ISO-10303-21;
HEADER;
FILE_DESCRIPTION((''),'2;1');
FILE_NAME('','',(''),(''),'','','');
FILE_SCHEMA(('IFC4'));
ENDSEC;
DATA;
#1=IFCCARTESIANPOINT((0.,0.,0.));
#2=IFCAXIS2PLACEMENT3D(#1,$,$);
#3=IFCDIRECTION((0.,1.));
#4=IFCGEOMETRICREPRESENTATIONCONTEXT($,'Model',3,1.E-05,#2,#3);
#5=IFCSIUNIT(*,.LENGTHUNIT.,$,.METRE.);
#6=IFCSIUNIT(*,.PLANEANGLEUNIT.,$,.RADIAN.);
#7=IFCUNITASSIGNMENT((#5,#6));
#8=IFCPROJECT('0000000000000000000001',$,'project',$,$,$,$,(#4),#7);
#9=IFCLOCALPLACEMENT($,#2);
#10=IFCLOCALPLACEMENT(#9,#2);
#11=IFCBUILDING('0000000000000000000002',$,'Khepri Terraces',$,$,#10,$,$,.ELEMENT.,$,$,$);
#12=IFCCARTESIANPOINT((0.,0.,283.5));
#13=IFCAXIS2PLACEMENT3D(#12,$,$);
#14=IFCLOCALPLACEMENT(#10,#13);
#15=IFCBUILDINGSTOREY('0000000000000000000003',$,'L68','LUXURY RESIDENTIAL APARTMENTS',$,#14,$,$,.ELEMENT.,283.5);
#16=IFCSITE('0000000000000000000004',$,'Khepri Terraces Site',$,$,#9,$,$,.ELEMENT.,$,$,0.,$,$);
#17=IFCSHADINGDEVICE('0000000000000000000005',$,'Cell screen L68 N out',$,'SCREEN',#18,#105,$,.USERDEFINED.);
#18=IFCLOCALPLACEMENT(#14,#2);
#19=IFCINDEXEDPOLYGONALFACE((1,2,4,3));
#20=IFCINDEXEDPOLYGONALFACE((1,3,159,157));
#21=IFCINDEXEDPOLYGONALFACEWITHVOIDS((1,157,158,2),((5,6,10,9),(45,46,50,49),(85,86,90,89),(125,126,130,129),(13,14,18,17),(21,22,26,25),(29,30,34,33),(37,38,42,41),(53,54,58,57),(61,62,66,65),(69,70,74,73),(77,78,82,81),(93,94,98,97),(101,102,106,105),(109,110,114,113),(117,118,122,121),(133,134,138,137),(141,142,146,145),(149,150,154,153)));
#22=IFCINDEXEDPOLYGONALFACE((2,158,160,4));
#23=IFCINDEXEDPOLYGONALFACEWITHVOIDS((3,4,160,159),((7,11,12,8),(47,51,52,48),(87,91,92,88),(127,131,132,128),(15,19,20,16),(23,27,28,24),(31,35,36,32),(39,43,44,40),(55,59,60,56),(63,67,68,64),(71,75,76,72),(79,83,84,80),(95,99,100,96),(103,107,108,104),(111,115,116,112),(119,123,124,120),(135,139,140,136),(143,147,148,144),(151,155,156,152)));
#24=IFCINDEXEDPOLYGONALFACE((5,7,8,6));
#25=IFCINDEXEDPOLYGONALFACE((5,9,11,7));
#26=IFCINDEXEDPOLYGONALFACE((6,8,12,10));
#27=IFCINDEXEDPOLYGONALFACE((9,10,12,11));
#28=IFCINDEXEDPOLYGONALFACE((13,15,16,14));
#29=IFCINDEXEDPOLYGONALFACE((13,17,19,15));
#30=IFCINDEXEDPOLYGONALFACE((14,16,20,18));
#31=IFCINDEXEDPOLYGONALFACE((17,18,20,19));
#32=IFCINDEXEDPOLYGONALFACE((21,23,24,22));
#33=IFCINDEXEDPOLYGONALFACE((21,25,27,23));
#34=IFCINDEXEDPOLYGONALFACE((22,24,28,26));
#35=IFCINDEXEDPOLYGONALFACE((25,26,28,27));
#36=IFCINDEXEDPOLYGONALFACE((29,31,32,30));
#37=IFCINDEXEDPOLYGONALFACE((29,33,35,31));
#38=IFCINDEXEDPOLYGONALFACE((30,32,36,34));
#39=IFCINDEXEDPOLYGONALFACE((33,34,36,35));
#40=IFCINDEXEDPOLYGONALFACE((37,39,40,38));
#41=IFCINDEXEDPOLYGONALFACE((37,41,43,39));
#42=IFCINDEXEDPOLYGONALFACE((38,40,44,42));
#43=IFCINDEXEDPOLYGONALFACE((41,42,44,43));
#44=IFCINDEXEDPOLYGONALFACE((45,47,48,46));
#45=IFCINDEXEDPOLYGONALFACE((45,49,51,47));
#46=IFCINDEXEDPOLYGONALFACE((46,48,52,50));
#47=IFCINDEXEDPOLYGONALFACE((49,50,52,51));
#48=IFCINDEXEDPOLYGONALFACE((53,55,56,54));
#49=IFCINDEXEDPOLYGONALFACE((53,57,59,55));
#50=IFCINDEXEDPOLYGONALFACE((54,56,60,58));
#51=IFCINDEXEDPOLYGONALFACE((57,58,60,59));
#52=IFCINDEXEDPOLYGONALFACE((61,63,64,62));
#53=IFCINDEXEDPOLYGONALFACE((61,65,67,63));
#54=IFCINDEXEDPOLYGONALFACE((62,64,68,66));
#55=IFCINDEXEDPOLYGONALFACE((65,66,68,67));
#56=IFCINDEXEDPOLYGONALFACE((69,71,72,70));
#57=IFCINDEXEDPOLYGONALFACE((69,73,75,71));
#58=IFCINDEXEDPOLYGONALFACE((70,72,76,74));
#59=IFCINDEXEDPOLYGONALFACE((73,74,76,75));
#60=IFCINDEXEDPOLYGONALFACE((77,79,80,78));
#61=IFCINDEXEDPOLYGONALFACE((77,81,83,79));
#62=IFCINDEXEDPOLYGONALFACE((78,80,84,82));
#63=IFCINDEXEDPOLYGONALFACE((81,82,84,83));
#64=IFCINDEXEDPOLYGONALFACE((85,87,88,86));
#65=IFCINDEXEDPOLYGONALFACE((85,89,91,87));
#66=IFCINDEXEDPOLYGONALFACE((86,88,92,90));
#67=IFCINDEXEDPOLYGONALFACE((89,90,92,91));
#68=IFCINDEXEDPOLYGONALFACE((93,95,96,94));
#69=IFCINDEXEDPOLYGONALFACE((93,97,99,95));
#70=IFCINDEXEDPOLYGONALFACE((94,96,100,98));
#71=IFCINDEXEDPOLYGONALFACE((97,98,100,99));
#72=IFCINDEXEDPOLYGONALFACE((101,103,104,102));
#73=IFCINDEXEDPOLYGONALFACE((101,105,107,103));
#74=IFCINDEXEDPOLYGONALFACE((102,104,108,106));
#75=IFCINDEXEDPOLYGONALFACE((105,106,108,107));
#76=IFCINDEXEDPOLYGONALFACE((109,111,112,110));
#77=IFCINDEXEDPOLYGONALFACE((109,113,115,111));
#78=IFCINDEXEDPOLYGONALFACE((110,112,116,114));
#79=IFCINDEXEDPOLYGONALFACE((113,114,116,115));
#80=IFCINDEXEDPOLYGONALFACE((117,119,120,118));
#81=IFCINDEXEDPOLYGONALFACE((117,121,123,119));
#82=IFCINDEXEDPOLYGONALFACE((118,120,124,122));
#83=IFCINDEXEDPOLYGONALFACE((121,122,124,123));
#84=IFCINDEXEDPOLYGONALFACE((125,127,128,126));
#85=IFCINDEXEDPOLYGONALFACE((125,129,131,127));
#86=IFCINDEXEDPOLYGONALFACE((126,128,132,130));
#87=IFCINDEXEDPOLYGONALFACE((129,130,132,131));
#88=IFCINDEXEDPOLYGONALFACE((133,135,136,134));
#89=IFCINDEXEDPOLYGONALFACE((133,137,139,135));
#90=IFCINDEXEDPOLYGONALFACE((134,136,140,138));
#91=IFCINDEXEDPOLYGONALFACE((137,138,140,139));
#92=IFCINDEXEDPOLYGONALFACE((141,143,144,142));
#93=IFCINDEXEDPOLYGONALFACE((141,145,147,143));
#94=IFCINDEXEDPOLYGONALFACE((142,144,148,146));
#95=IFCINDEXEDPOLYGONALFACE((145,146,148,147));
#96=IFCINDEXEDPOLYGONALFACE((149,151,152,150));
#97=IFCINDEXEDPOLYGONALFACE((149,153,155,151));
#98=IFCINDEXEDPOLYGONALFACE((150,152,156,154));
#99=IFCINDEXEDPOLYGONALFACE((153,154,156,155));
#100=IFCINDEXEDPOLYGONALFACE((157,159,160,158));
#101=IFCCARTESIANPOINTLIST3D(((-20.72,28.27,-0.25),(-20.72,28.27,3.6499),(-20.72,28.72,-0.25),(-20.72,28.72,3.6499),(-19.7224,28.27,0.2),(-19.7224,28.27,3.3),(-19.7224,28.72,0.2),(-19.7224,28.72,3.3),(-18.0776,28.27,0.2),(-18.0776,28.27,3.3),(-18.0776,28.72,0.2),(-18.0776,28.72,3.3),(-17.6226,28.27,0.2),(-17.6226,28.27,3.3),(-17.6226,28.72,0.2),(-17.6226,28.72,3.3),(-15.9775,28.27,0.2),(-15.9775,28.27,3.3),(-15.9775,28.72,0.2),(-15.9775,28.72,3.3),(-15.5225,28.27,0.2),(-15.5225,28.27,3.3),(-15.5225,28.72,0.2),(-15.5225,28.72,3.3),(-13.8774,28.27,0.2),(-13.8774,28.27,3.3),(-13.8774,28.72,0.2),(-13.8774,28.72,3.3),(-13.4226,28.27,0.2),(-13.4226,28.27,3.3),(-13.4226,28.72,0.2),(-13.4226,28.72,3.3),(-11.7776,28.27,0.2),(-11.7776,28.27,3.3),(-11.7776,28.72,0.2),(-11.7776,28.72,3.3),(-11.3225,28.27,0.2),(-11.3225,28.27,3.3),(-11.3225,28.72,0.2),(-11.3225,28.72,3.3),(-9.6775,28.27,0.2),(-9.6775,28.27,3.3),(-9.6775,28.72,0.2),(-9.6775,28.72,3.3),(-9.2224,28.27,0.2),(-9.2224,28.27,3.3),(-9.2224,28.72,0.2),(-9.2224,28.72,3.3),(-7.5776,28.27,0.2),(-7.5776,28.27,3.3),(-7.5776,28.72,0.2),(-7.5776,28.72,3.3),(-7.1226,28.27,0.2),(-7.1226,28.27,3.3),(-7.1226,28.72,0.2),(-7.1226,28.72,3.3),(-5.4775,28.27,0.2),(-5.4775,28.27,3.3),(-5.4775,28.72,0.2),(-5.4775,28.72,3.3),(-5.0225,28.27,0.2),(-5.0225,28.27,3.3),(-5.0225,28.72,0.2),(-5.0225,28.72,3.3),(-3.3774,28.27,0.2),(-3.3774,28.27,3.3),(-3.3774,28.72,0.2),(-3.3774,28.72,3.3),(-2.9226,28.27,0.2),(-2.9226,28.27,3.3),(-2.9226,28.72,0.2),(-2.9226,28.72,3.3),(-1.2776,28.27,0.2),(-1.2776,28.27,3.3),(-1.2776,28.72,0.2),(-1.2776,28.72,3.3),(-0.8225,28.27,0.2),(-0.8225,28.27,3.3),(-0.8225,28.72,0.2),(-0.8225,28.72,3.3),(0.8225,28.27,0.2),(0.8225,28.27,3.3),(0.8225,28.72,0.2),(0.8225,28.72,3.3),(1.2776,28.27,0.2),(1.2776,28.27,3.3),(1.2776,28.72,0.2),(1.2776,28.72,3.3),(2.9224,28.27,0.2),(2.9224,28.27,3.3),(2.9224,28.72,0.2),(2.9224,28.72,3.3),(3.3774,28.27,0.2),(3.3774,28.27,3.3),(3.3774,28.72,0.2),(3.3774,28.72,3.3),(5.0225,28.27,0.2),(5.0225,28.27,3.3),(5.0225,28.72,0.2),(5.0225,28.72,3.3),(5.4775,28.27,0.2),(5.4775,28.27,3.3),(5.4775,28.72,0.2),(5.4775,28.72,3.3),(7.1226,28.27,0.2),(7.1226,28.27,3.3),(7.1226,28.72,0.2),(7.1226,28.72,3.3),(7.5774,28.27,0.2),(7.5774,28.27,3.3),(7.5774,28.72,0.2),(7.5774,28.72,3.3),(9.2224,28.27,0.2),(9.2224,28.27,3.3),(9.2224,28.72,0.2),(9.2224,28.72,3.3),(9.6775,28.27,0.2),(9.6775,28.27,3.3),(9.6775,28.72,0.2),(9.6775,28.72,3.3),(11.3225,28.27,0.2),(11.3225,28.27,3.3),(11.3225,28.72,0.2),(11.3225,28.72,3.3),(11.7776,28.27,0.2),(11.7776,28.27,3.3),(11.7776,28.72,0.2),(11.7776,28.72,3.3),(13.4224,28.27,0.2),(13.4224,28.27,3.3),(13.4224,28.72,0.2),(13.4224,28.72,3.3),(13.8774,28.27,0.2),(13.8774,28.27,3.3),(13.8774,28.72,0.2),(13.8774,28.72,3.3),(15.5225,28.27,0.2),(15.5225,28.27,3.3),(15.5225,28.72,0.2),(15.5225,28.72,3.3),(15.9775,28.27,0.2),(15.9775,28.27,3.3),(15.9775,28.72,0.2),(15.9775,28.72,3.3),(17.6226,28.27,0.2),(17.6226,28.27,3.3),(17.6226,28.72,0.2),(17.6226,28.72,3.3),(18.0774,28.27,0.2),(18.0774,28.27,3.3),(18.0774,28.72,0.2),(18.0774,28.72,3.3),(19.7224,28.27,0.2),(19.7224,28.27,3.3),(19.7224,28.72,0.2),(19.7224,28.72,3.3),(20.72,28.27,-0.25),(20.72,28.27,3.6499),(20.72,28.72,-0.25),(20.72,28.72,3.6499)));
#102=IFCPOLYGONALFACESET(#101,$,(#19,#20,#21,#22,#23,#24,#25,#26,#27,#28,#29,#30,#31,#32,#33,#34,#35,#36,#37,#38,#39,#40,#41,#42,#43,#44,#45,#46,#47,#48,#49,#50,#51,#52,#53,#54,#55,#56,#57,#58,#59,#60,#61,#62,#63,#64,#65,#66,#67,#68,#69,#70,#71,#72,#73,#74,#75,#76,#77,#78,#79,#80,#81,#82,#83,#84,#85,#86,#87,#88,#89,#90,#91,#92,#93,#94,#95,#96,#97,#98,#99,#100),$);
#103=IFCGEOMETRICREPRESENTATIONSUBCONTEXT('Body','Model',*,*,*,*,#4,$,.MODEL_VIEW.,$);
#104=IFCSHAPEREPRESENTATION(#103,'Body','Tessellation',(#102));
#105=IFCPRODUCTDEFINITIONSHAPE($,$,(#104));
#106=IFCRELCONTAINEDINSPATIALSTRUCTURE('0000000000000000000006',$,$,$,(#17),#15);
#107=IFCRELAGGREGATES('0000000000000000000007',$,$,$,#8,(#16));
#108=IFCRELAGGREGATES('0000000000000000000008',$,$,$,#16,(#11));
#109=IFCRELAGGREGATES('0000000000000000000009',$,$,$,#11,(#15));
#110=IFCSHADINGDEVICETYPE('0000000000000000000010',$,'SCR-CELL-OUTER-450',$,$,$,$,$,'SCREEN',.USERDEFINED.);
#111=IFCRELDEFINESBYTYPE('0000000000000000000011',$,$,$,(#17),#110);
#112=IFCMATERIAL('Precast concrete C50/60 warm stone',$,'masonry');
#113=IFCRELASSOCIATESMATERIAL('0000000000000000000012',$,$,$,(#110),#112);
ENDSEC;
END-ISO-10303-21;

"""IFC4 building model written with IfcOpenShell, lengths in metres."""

from ifc_helpers import new_model, si_unit, direction, frame, origin, place, context, subcontext, project, spatial, polyline, outline, extrude, material, type_object, element, save


model = new_model("IFC4")

# Units and contexts
model_context = context("Model", 3, precision=1e-05, world=origin(), true_north=direction((0.0, 1.0)))
body_context = subcontext(model_context, "Body", "Model", "MODEL_VIEW")
ifc_project = project(units=[si_unit("LENGTHUNIT", "METRE"), si_unit("PLANEANGLEUNIT", "RADIAN")], contexts=[model_context])

# Site, building, storey
site_placement = place(None, origin())
site = spatial("IfcSite", under=ifc_project, at=site_placement, Name="Khepri Terraces Site", CompositionType="ELEMENT", RefElevation=0.0)
building_placement = place(site_placement, origin())
building = spatial("IfcBuilding", under=site, at=building_placement, Name="Khepri Terraces", CompositionType="ELEMENT")
storey_placement = place(building_placement, frame((0.0, 0.0, 283.5)))
storey = spatial("IfcBuildingStorey", under=building, at=storey_placement, Name="L68", Description="LUXURY RESIDENTIAL APARTMENTS", CompositionType="ELEMENT", Elevation=283.5)

# Shared definitions
ifc_material_1 = material(Name="Precast concrete C50/60 warm stone", Category="masonry")

# Shading device
shading_device_type_1 = type_object("IfcShadingDeviceType", Name="SCR-CELL-OUTER-450", ElementType="SCREEN", PredefinedType="USERDEFINED", material=ifc_material_1)
shading_device_1_placement = place(storey_placement, frame((20.72, 28.27, -0.25), z_axis=(0.0, 1.0, 0.0), x_axis=(-1.0, 0.0, 0.0)))
element("IfcShadingDevice", 1, at=shading_device_1_placement, inside=storey, type_object=shading_device_type_1, Name="Cell screen L68 N out", ObjectType="SCREEN", PredefinedType="USERDEFINED", context=body_context, shape_type="SweptSolid", body=[
    extrude(outline(polyline([(0.0, 0.0), (41.4399, 0.0), (41.4399, 3.8999), (0.0, 3.8999), (0.0, 0.0)]), holes=[polyline([(0.9976, 0.45), (2.6426, 0.45), (2.6426, 3.55), (0.9976, 3.55), (0.9976, 0.45)]), polyline([(3.0974, 0.45), (4.7424, 0.45), (4.7424, 3.55), (3.0974, 3.55), (3.0974, 0.45)]), polyline([(5.1975, 0.45), (6.8425, 0.45), (6.8425, 3.55), (5.1975, 3.55), (5.1975, 0.45)]), polyline([(7.2976, 0.45), (8.9424, 0.45), (8.9424, 3.55), (7.2976, 3.55), (7.2976, 0.45)]), polyline([(9.3975, 0.45), (11.0425, 0.45), (11.0425, 3.55), (9.3975, 3.55), (9.3975, 0.45)]), polyline([(11.4976, 0.45), (13.1426, 0.45), (13.1426, 3.55), (11.4976, 3.55), (11.4976, 0.45)]), polyline([(13.5974, 0.45), (15.2424, 0.45), (15.2424, 3.55), (13.5974, 3.55), (13.5974, 0.45)]), polyline([(15.6975, 0.45), (17.3425, 0.45), (17.3425, 3.55), (15.6975, 3.55), (15.6975, 0.45)]), polyline([(17.7976, 0.45), (19.4424, 0.45), (19.4424, 3.55), (17.7976, 3.55), (17.7976, 0.45)]), polyline([(19.8975, 0.45), (21.5425, 0.45), (21.5425, 3.55), (19.8975, 3.55), (19.8975, 0.45)]), polyline([(21.9976, 0.45), (23.6426, 0.45), (23.6426, 3.55), (21.9976, 3.55), (21.9976, 0.45)]), polyline([(24.0974, 0.45), (25.7424, 0.45), (25.7424, 3.55), (24.0974, 3.55), (24.0974, 0.45)]), polyline([(26.1975, 0.45), (27.8425, 0.45), (27.8425, 3.55), (26.1975, 3.55), (26.1975, 0.45)]), polyline([(28.2976, 0.45), (29.9424, 0.45), (29.9424, 3.55), (28.2976, 3.55), (28.2976, 0.45)]), polyline([(30.3975, 0.45), (32.0425, 0.45), (32.0425, 3.55), (30.3975, 3.55), (30.3975, 0.45)]), polyline([(32.4976, 0.45), (34.1426, 0.45), (34.1426, 3.55), (32.4976, 3.55), (32.4976, 0.45)]), polyline([(34.5974, 0.45), (36.2424, 0.45), (36.2424, 3.55), (34.5974, 3.55), (34.5974, 0.45)]), polyline([(36.6975, 0.45), (38.3425, 0.45), (38.3425, 3.55), (36.6975, 3.55), (36.6975, 0.45)]), polyline([(38.7976, 0.45), (40.4424, 0.45), (40.4424, 3.55), (38.7976, 3.55), (38.7976, 0.45)])]), origin(), (0.0, 0.0, 1.0), 0.45),
])

save(model, "model.ifc")
